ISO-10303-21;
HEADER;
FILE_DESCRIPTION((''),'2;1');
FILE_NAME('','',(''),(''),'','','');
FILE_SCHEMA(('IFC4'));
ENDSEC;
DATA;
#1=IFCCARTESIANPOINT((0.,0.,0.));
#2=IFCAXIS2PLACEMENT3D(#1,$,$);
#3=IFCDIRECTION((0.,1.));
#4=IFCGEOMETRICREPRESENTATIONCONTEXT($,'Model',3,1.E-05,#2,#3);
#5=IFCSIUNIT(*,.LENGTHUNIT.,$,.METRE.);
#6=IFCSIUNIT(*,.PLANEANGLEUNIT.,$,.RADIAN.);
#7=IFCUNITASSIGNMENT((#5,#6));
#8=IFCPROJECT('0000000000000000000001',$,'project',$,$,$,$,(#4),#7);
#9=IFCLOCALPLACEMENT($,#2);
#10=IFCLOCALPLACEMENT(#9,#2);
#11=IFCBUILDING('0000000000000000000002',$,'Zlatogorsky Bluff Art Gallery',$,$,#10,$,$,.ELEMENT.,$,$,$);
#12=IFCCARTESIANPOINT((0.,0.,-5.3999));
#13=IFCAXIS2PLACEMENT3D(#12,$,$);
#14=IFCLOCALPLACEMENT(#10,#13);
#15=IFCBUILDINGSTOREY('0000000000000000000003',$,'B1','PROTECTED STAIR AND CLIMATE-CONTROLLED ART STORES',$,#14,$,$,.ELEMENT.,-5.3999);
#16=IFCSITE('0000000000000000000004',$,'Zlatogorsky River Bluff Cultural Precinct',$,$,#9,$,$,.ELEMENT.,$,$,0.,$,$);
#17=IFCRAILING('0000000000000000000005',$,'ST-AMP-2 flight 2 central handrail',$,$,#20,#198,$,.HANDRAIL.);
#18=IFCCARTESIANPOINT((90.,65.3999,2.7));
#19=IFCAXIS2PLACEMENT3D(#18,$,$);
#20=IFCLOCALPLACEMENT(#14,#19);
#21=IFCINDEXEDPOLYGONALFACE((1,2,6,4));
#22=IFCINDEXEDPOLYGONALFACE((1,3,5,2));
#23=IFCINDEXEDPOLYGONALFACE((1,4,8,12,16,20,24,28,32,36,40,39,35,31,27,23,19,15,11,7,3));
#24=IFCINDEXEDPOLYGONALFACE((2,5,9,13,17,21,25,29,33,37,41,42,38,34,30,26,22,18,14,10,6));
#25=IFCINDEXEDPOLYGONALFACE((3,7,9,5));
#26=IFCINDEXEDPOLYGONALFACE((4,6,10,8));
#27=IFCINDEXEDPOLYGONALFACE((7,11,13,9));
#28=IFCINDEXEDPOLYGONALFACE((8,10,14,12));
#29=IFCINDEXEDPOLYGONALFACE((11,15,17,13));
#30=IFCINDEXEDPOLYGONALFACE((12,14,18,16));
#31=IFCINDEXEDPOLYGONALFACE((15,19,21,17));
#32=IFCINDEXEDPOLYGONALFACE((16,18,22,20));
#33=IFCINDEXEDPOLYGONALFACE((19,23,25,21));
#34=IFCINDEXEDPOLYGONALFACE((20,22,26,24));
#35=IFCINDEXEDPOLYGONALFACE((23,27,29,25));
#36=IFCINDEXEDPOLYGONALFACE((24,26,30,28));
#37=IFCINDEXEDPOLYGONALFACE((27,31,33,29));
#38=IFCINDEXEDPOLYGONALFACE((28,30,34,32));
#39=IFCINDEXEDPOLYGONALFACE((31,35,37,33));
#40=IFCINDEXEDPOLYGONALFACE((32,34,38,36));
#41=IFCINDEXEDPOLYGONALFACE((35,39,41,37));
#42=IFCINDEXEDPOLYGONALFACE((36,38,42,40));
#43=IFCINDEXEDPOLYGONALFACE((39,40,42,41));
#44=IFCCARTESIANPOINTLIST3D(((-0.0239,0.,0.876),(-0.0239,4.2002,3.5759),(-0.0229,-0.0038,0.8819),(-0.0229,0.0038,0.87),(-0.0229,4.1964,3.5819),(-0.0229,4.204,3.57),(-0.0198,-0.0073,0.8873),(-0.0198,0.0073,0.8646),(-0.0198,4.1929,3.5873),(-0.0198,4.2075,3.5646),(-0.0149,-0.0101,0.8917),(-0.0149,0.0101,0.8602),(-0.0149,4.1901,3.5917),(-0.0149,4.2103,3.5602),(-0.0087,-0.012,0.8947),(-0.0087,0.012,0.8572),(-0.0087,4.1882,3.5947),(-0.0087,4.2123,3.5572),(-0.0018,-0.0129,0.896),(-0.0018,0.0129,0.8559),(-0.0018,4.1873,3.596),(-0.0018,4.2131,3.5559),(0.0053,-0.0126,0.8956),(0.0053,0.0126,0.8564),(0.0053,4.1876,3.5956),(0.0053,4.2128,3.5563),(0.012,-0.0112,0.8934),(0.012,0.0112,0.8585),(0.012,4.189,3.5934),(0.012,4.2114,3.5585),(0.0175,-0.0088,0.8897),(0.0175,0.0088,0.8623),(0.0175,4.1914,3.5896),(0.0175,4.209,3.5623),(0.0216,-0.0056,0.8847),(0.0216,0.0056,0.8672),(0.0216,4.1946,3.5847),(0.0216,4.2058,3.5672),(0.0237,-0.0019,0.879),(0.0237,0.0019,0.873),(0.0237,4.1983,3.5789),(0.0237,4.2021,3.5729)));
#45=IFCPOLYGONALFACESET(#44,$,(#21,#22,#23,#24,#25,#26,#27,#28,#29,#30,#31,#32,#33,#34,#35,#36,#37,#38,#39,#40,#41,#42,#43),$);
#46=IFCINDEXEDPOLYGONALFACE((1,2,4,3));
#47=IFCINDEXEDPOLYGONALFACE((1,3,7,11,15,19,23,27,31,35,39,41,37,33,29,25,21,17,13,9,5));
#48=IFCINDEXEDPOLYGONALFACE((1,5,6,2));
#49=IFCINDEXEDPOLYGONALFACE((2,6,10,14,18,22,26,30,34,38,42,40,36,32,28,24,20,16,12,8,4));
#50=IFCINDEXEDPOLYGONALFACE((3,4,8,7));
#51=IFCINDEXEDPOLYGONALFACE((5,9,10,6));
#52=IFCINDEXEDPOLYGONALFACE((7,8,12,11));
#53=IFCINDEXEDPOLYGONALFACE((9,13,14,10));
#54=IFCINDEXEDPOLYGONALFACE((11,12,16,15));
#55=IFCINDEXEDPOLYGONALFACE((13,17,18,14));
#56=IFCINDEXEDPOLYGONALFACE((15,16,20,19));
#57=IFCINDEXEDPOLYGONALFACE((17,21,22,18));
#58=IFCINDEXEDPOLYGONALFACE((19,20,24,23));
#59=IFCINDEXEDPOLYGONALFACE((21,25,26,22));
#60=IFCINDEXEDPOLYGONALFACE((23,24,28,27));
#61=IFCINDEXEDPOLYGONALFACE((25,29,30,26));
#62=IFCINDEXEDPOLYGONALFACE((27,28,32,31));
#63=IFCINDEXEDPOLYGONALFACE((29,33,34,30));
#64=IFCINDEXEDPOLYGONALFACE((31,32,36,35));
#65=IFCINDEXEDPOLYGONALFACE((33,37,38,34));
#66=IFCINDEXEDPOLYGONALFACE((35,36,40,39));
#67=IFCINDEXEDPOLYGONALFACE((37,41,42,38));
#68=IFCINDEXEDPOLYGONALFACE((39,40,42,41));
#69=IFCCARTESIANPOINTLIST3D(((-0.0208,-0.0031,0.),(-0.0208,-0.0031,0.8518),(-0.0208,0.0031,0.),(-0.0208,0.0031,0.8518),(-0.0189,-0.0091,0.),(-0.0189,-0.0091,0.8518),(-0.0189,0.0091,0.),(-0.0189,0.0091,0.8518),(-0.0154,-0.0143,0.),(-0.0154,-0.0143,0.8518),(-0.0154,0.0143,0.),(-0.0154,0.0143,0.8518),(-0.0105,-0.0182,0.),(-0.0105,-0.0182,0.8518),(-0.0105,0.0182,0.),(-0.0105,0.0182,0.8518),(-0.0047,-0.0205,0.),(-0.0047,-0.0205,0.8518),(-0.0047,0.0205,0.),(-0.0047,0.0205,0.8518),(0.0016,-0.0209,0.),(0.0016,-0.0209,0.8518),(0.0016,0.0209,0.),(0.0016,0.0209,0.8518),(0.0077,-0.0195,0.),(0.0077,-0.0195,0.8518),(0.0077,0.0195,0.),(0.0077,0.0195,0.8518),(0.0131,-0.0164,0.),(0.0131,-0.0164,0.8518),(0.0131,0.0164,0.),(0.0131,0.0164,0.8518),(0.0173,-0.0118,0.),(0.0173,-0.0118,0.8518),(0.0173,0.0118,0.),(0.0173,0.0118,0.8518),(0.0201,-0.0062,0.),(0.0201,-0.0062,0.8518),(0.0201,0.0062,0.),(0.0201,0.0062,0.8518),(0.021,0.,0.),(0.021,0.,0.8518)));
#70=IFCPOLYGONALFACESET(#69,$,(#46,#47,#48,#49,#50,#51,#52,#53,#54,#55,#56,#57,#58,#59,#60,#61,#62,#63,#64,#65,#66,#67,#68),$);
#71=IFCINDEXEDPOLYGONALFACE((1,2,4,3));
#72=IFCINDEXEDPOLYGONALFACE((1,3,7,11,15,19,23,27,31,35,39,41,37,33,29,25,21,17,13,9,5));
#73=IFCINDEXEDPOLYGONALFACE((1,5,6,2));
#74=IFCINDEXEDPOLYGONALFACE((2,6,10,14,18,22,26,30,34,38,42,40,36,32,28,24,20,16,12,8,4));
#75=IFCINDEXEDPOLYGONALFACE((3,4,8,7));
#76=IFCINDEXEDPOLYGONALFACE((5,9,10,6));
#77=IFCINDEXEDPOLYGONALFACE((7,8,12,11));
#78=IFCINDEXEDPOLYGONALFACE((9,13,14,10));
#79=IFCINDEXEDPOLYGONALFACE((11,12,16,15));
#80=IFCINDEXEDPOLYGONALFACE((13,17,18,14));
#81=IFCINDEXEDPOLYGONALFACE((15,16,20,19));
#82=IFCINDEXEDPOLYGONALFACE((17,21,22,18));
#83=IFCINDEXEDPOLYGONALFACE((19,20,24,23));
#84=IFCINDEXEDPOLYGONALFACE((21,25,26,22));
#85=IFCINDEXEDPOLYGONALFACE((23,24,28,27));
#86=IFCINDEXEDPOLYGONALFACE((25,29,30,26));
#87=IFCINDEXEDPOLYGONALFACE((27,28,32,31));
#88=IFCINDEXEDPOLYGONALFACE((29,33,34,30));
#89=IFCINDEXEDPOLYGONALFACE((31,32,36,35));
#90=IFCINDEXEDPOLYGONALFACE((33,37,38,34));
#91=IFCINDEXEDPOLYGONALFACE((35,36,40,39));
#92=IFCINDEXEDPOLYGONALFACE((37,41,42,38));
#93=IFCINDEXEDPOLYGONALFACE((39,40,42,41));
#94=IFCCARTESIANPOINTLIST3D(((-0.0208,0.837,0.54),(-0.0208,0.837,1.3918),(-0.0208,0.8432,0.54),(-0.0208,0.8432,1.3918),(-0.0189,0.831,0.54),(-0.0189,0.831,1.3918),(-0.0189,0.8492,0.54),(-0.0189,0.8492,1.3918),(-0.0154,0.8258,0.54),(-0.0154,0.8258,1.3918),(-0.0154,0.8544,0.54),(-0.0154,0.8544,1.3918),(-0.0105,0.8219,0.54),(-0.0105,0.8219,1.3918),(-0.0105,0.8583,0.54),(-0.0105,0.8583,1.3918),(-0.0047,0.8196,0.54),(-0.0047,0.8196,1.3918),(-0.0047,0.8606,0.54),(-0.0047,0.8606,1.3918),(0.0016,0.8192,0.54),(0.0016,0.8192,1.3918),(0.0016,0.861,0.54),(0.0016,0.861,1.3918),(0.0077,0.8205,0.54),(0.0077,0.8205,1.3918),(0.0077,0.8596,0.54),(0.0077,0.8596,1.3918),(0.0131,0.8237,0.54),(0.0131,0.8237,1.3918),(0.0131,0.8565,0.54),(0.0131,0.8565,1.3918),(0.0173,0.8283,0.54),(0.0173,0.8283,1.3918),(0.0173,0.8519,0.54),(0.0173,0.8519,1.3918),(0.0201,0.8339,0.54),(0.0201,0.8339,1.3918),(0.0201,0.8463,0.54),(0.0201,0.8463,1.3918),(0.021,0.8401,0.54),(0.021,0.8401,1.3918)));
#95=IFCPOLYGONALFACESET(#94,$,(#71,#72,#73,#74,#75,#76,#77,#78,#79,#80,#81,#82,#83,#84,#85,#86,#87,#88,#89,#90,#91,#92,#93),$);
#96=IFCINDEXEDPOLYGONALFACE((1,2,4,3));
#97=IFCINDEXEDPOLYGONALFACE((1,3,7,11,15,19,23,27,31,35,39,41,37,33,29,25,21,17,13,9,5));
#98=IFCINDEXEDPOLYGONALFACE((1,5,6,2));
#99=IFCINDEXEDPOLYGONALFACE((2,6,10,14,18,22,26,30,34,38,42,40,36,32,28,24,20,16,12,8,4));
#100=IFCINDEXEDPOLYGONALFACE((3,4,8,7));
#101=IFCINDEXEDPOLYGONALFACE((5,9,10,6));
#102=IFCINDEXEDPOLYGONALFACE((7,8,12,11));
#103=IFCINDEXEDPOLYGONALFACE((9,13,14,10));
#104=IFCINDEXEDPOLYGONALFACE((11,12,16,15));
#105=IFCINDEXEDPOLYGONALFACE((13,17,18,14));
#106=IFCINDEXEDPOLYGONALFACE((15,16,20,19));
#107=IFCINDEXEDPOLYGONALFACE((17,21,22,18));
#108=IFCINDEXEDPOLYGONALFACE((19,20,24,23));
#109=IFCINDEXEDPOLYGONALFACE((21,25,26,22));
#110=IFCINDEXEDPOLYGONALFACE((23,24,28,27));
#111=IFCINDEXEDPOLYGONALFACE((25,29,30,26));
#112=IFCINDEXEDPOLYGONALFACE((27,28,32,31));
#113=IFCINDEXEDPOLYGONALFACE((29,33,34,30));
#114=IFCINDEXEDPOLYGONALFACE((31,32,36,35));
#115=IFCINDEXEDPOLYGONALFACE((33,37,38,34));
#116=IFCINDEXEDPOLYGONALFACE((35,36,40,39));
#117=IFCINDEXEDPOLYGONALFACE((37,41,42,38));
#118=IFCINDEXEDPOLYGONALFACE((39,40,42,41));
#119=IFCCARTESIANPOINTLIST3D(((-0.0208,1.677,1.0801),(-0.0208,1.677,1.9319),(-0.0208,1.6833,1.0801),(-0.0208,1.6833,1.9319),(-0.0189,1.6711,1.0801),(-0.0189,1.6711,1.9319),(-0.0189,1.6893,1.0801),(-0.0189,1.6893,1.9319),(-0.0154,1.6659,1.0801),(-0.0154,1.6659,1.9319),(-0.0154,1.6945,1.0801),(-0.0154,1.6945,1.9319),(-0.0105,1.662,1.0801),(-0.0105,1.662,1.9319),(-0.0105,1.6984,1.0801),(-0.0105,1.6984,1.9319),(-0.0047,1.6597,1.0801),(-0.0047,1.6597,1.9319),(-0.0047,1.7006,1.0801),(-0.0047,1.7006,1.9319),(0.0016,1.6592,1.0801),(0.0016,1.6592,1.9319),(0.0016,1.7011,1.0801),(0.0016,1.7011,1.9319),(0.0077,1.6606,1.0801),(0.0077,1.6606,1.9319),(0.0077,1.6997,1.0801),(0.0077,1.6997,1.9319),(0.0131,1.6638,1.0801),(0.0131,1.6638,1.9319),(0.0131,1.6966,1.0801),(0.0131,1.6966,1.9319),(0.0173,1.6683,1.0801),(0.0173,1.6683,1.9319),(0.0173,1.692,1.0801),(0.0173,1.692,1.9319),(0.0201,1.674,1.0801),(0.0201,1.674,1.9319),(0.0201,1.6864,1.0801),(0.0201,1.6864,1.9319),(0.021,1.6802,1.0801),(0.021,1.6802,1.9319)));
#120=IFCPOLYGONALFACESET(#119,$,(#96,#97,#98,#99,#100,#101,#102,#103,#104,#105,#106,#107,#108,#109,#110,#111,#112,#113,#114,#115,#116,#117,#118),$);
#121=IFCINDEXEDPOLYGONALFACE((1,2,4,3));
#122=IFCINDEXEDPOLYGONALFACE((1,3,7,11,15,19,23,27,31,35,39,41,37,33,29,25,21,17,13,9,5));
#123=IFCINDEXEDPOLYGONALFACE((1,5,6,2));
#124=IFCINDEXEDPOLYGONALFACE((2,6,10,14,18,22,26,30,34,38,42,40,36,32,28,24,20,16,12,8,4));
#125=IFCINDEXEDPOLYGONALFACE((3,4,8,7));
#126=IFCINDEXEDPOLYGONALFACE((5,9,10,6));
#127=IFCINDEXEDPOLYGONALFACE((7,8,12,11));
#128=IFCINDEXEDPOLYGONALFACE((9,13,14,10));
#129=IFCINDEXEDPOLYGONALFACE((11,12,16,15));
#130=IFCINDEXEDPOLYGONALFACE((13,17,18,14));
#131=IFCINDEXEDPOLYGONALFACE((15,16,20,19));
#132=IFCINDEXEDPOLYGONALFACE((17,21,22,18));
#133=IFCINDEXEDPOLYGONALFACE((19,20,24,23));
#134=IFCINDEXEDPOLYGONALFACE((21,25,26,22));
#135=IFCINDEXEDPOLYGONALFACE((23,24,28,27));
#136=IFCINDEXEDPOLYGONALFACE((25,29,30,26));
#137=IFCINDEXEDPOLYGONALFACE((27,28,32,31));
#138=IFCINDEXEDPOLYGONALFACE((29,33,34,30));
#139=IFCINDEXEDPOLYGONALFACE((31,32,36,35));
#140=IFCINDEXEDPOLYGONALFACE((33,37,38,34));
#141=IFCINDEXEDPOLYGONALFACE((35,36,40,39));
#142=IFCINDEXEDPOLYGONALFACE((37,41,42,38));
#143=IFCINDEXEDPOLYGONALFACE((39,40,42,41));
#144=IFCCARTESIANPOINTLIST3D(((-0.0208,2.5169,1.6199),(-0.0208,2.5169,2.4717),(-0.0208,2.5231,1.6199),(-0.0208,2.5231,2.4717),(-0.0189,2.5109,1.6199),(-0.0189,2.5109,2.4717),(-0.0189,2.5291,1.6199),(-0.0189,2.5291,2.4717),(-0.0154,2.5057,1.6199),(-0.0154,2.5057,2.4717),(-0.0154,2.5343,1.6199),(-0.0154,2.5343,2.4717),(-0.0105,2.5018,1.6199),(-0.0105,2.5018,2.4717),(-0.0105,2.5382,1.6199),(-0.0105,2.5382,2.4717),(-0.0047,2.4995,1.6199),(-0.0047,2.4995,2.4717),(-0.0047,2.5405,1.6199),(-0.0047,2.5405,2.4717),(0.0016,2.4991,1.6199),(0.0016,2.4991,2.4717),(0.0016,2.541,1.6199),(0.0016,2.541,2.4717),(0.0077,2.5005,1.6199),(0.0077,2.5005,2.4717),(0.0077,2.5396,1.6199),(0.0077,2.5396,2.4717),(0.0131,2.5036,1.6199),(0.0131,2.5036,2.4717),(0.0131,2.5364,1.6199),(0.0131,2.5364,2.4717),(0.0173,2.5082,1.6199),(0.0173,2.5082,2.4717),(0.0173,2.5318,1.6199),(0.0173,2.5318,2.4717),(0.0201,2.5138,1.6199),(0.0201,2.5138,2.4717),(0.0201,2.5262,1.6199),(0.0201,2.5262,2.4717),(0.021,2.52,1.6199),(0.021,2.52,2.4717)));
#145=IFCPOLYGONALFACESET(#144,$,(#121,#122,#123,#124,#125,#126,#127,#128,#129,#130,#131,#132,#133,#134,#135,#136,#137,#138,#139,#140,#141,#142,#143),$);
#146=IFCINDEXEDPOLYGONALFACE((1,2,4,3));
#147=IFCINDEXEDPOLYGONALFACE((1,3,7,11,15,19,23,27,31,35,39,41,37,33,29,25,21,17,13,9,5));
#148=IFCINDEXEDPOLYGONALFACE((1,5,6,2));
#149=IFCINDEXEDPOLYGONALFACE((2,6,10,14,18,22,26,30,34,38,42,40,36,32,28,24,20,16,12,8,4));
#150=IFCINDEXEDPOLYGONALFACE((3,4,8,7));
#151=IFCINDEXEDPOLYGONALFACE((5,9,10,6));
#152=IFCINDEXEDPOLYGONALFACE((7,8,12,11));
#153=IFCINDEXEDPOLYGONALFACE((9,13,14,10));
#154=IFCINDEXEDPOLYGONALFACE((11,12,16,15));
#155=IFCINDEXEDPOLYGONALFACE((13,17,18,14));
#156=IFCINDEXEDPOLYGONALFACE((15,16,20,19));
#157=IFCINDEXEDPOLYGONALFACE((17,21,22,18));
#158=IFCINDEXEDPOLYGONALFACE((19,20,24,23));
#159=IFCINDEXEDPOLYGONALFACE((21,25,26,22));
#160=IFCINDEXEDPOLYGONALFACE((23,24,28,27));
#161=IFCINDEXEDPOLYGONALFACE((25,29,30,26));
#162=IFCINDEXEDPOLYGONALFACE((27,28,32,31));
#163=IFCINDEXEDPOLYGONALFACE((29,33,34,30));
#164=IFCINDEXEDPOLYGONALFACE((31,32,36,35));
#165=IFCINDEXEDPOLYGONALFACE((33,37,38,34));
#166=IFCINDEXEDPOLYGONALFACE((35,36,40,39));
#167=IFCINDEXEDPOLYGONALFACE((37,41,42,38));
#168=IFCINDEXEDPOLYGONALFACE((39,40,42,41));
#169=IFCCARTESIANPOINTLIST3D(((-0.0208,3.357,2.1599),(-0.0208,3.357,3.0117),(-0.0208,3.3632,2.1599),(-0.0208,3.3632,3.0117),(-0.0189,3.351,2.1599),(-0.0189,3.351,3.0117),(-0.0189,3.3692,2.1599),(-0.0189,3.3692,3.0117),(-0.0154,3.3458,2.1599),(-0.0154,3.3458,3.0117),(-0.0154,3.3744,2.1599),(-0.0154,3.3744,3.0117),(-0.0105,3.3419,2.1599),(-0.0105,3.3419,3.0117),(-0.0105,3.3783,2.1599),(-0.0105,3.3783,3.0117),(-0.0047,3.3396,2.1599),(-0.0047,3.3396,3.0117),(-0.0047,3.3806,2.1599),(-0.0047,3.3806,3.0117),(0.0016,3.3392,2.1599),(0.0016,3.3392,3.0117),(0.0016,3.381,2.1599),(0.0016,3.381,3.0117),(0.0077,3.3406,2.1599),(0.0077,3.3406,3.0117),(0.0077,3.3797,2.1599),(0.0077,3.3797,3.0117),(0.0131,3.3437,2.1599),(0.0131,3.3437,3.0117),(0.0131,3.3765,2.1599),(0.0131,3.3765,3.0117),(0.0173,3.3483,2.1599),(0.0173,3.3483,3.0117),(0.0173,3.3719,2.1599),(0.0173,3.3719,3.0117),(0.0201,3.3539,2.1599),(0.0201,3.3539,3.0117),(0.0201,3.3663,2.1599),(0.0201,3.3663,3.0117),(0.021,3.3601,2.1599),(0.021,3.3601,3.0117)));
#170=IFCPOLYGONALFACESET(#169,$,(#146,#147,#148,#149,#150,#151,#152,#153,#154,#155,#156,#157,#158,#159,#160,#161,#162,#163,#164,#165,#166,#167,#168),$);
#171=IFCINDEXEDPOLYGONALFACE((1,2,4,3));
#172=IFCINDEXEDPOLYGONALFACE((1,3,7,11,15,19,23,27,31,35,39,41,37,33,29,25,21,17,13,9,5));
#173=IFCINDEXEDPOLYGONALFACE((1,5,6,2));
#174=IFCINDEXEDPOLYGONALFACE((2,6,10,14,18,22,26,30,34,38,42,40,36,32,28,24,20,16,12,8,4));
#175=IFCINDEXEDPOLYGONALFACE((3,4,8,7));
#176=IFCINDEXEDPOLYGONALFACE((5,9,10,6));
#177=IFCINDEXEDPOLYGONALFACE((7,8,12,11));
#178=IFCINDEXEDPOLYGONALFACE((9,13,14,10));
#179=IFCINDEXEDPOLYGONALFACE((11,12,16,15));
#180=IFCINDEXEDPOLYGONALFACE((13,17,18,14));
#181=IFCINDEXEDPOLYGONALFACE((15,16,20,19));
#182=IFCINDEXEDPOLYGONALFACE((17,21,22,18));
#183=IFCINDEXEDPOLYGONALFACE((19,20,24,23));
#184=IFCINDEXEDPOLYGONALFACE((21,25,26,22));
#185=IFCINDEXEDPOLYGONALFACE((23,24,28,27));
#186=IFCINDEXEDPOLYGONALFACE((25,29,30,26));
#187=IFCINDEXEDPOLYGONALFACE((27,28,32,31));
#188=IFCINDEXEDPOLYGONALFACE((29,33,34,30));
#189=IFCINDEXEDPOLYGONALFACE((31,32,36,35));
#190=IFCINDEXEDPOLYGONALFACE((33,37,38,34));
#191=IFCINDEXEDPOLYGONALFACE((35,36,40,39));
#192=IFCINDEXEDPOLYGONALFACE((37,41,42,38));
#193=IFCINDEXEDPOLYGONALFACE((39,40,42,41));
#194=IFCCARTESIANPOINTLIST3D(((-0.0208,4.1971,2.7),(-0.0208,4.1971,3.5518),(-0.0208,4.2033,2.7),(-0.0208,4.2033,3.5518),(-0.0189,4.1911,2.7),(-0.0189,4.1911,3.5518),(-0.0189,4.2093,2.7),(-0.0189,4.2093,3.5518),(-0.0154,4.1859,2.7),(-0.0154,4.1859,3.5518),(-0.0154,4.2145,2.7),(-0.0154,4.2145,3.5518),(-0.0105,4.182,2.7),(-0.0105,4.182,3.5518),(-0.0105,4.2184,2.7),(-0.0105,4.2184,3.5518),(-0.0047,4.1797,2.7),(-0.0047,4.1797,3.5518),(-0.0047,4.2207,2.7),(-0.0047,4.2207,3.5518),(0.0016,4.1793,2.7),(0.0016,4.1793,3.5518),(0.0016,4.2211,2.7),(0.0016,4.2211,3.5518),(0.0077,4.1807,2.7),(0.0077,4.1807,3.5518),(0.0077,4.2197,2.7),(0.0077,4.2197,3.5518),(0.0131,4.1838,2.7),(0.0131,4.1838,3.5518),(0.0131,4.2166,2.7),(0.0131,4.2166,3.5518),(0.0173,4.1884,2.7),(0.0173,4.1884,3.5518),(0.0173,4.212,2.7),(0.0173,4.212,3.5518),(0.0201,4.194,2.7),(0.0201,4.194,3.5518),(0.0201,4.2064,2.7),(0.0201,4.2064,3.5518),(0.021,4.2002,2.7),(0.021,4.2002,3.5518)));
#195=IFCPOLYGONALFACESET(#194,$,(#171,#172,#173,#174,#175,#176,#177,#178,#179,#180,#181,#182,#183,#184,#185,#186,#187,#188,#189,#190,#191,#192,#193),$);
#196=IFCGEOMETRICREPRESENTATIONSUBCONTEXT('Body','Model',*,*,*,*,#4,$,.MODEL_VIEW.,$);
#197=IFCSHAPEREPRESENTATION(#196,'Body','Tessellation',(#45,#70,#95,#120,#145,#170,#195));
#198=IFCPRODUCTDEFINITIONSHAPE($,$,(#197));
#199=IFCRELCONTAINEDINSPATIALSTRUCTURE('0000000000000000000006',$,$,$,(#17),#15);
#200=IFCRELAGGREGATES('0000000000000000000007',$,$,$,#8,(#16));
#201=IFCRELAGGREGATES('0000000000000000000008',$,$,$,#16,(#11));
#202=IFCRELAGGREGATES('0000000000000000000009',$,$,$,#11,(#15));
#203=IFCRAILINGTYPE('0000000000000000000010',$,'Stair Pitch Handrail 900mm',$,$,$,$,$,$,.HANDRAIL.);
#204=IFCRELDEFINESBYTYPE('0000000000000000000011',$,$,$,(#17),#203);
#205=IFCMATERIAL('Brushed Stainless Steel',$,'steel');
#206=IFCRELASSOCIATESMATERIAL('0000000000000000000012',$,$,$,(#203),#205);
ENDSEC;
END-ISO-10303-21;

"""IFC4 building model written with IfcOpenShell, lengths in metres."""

from ifc_helpers import new_model, si_unit, direction, frame, origin, origin_2d, place, context, subcontext, project, spatial, circle, extrude, material, type_object, element, save


model = new_model("IFC4")

# Units and contexts
model_context = context("Model", 3, precision=1e-05, world=origin(), true_north=direction((0.0, 1.0)))
body_context = subcontext(model_context, "Body", "Model", "MODEL_VIEW")
ifc_project = project(units=[si_unit("LENGTHUNIT", "METRE"), si_unit("PLANEANGLEUNIT", "RADIAN")], contexts=[model_context])

# Site, building, storey
site_placement = place(None, origin())
site = spatial("IfcSite", under=ifc_project, at=site_placement, Name="Zlatogorsky River Bluff Cultural Precinct", CompositionType="ELEMENT", RefElevation=0.0)
building_placement = place(site_placement, origin())
building = spatial("IfcBuilding", under=site, at=building_placement, Name="Zlatogorsky Bluff Art Gallery", CompositionType="ELEMENT")
storey_placement = place(building_placement, frame((0.0, 0.0, -5.3999)))
storey = spatial("IfcBuildingStorey", under=building, at=storey_placement, Name="B1", Description="PROTECTED STAIR AND CLIMATE-CONTROLLED ART STORES", CompositionType="ELEMENT", Elevation=-5.3999)

# Railing
ifc_material_1 = material(Name="Brushed Stainless Steel", Category="steel")
railing_type_1 = type_object("IfcRailingType", Name="Stair Pitch Handrail 900mm", PredefinedType="HANDRAIL", material=ifc_material_1)
railing_1_placement = place(storey_placement, frame((90.0, 65.3999, 2.7)))
element("IfcRailing", 1, at=railing_1_placement, inside=storey, type_object=railing_type_1, Name="ST-AMP-2 flight 2 central handrail", PredefinedType="HANDRAIL", context=body_context, shape_type="SweptSolid", body=[
    extrude(circle(Radius=0.0239, at=origin_2d()), frame((0.0, 0.0, 0.876), z_axis=(0.0, 0.841194, 0.540733), x_axis=(-1.0, 0.0, 0.0)), (0.0, 0.0, 1.0), 4.9932),
    extrude(circle(Radius=0.021, at=origin_2d()), origin(), (0.0, 0.0, 1.0), 0.8518),
    extrude(circle(Radius=0.021, at=origin_2d()), frame((0.0, 0.8401, 0.54)), (0.0, 0.0, 1.0), 0.8518),
    extrude(circle(Radius=0.021, at=origin_2d()), frame((0.0, 1.6802, 1.0801)), (0.0, 0.0, 1.0), 0.8518),
    extrude(circle(Radius=0.021, at=origin_2d()), frame((0.0, 2.52, 1.6199)), (0.0, 0.0, 1.0), 0.8518),
    extrude(circle(Radius=0.021, at=origin_2d()), frame((0.0, 3.3601, 2.1599)), (0.0, 0.0, 1.0), 0.8518),
    extrude(circle(Radius=0.021, at=origin_2d()), frame((0.0, 4.2002, 2.7)), (0.0, 0.0, 1.0), 0.8518),
])

save(model, "model.ifc")
